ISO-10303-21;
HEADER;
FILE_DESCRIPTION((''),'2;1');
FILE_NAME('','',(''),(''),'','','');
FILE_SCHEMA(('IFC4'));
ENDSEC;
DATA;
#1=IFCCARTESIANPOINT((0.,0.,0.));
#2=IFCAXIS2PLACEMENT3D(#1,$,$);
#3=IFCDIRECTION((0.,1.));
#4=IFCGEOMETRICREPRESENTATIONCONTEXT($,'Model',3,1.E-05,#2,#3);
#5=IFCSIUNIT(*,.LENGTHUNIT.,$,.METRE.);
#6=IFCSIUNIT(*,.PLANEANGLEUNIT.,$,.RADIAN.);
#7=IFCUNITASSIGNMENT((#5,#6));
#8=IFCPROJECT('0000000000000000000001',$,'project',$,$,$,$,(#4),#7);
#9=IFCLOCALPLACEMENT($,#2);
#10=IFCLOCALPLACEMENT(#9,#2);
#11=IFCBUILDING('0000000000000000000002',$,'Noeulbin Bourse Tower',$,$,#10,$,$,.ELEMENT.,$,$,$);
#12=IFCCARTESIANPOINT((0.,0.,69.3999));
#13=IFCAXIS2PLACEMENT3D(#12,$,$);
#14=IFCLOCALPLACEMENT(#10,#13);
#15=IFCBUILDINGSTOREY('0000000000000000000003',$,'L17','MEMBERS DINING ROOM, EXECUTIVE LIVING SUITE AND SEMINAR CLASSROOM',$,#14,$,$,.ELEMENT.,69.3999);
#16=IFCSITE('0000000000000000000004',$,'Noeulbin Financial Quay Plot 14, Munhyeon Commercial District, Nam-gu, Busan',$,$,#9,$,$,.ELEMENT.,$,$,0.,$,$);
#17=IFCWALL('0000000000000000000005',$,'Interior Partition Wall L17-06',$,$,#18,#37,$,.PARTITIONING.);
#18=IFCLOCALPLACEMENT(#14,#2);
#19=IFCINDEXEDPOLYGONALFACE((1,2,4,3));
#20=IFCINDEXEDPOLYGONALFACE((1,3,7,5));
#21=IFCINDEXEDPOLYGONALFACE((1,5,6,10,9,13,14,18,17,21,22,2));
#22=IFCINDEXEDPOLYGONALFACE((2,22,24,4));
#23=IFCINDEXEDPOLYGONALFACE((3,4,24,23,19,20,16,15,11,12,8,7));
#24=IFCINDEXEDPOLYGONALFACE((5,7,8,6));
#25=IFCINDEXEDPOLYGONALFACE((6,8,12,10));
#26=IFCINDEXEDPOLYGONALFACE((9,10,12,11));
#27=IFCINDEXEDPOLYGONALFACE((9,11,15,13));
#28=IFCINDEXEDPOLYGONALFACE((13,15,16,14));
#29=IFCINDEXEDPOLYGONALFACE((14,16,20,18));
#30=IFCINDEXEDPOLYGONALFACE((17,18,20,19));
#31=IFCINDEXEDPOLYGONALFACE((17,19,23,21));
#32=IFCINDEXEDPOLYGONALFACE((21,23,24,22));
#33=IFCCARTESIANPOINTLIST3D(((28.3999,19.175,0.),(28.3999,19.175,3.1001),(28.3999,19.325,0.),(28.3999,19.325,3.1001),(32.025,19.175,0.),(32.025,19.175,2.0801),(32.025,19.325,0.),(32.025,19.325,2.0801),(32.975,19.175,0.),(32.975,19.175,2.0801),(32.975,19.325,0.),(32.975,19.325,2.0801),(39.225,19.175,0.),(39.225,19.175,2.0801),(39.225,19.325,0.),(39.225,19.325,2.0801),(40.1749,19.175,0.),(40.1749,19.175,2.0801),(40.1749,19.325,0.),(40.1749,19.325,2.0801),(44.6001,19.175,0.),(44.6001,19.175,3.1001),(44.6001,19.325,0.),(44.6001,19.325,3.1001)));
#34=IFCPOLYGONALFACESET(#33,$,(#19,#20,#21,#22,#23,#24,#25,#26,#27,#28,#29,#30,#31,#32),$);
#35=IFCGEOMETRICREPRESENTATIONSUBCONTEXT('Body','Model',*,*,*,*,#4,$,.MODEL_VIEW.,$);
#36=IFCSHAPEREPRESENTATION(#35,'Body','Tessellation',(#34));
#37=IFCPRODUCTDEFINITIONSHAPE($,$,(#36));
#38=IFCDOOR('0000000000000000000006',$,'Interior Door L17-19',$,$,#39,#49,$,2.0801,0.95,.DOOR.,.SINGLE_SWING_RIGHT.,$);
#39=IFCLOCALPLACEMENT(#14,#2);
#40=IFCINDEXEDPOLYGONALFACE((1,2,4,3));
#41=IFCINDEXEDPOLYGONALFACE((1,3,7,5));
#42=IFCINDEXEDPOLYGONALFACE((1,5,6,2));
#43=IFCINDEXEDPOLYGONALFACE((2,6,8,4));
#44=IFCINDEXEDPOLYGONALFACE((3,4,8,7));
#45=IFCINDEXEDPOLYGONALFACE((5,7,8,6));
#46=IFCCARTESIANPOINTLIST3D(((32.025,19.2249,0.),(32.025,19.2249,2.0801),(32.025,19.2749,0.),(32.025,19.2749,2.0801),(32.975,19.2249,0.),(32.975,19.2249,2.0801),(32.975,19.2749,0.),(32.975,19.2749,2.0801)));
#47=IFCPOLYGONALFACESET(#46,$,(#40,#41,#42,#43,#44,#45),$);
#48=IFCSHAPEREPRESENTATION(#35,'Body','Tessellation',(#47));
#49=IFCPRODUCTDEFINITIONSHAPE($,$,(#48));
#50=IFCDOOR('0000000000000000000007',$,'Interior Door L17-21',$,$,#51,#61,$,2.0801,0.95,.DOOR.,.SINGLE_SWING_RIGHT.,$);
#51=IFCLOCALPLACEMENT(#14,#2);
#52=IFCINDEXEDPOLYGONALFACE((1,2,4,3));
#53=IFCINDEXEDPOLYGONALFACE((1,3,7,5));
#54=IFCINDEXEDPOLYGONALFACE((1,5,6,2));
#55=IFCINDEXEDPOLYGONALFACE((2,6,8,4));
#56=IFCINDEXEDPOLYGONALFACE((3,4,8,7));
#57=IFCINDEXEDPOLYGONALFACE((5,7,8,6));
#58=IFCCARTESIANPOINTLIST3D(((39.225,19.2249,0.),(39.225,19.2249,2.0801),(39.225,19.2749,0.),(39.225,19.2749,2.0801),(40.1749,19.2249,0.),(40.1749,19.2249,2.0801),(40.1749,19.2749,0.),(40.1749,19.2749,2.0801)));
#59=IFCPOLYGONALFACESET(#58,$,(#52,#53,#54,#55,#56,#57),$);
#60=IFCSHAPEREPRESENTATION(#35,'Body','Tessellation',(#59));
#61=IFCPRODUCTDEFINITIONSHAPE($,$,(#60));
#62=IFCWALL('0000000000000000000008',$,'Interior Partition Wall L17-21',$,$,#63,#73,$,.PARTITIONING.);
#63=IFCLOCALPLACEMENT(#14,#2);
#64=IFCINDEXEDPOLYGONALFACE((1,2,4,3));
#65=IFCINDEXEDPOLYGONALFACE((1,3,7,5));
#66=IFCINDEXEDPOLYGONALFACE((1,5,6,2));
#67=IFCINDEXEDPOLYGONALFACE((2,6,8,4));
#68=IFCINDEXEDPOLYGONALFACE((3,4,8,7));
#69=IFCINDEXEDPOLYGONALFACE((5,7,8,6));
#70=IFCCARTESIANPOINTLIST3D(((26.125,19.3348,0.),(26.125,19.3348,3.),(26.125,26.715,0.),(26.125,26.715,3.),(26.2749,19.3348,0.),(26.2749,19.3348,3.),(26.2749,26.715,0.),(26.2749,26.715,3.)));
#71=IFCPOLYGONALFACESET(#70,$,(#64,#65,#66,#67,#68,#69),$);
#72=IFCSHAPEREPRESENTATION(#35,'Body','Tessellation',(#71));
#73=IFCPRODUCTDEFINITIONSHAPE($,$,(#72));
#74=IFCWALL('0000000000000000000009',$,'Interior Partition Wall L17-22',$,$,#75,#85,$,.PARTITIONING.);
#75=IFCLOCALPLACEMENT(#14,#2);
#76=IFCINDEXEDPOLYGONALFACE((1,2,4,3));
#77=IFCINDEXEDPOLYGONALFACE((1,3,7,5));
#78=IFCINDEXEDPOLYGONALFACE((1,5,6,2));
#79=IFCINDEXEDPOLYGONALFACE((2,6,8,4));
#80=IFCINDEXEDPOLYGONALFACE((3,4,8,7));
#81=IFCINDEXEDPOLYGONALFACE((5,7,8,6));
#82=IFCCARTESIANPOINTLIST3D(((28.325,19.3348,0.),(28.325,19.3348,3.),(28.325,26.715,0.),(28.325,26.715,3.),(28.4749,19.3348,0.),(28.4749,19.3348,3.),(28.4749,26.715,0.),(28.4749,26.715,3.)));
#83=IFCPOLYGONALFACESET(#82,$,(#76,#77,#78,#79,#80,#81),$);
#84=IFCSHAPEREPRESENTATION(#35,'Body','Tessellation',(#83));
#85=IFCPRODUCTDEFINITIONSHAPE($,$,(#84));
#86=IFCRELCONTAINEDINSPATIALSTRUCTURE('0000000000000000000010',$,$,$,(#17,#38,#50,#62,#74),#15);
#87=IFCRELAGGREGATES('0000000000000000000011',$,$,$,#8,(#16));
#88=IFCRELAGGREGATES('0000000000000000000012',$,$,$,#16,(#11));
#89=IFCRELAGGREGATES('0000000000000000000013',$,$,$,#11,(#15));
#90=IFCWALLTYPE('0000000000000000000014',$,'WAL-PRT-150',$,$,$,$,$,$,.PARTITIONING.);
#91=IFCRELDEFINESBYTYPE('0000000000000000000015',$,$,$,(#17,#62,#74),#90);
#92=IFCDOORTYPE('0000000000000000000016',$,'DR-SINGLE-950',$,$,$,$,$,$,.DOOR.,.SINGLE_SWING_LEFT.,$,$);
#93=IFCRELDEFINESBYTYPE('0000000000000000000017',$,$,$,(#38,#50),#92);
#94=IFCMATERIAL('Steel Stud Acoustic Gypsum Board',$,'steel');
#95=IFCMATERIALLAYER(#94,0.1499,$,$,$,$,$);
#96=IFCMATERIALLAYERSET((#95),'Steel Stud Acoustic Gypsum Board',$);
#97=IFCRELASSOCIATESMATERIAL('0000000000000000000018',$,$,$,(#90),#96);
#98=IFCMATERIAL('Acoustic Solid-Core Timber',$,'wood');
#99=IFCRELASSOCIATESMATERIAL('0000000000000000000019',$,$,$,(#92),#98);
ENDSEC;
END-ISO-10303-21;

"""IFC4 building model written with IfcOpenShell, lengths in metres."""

from ifc_helpers import new_model, si_unit, direction, frame, frame_2d, origin, place, context, subcontext, project, spatial, rectangle, extrude, material, layer, layer_set, type_object, element, fill, save


model = new_model("IFC4")

# Units and contexts
model_context = context("Model", 3, precision=1e-05, world=origin(), true_north=direction((0.0, 1.0)))
body_context = subcontext(model_context, "Body", "Model", "MODEL_VIEW")
ifc_project = project(units=[si_unit("LENGTHUNIT", "METRE"), si_unit("PLANEANGLEUNIT", "RADIAN")], contexts=[model_context])

# Site, building, storey
site_placement = place(None, origin())
site = spatial("IfcSite", under=ifc_project, at=site_placement, Name="Noeulbin Financial Quay Plot 14, Munhyeon Commercial District, Nam-gu, Busan", CompositionType="ELEMENT", RefElevation=0.0)
building_placement = place(site_placement, origin())
building = spatial("IfcBuilding", under=site, at=building_placement, Name="Noeulbin Bourse Tower", CompositionType="ELEMENT")
storey_placement = place(building_placement, frame((0.0, 0.0, 69.3999)))
storey = spatial("IfcBuildingStorey", under=building, at=storey_placement, Name="L17", Description="MEMBERS DINING ROOM, EXECUTIVE LIVING SUITE AND SEMINAR CLASSROOM", CompositionType="ELEMENT", Elevation=69.3999)

# Wall, openings, doors
ifc_material_1 = material(Name="Steel Stud Acoustic Gypsum Board", Category="steel")
ifc_layer_1 = layer(ifc_material_1, 0.1499)
ifc_layer_set_1 = layer_set([ifc_layer_1], Name="Steel Stud Acoustic Gypsum Board")
wall_type_1 = type_object("IfcWallType", Name="WAL-PRT-150", PredefinedType="PARTITIONING", material=ifc_layer_set_1)
wall_1_placement = place(storey_placement, frame((28.3999, 19.25, 0.0), z_axis=(0.0, 0.0, 1.0), x_axis=(1.0, 0.0, 0.0)))
wall_1 = element("IfcWall", 1, at=wall_1_placement, inside=storey, type_object=wall_type_1, Name="Interior Partition Wall L17-06", PredefinedType="PARTITIONING", context=body_context, shape_type="SweptSolid", body=[
    extrude(rectangle(XDim=16.2002, YDim=0.1499, at=frame_2d((8.1001, 0.0))), origin(), (0.0, 0.0, 1.0), 3.1001),
])
opening_1_placement = place(wall_1_placement, frame((3.625, 0.0, 0.0)))
opening_1 = element("IfcOpeningElement", 2, at=opening_1_placement, cuts=wall_1, PredefinedType="OPENING", context=body_context, shape_type="SweptSolid", body=[
    extrude(rectangle(XDim=0.95, YDim=2.0801, at=frame_2d((0.4751, 1.04))), frame((0.0, 0.085, 0.0), z_axis=(0.0, -1.0, 0.0), x_axis=(1.0, 0.0, 0.0)), (0.0, 0.0, 1.0), 0.1699),
])
opening_2_placement = place(wall_1_placement, frame((10.825, 0.0, 0.0)))
opening_2 = element("IfcOpeningElement", 3, at=opening_2_placement, cuts=wall_1, PredefinedType="OPENING", context=body_context, shape_type="SweptSolid", body=[
    extrude(rectangle(XDim=0.95, YDim=2.0801, at=frame_2d((0.4751, 1.04))), frame((0.0, 0.085, 0.0), z_axis=(0.0, -1.0, 0.0), x_axis=(1.0, 0.0, 0.0)), (0.0, 0.0, 1.0), 0.1699),
])
ifc_material_2 = material(Name="Acoustic Solid-Core Timber", Category="wood")
door_type = type_object("IfcDoorType", Name="DR-SINGLE-950", OperationType="SINGLE_SWING_LEFT", PredefinedType="DOOR", material=ifc_material_2)
door_1_placement = place(opening_1_placement, origin())
door_1 = element("IfcDoor", 4, at=door_1_placement, inside=storey, type_object=door_type, Name="Interior Door L17-19", OperationType="SINGLE_SWING_RIGHT", OverallHeight=2.0801, OverallWidth=0.95, PredefinedType="DOOR", context=body_context, shape_type="SweptSolid", body=[
    extrude(rectangle(XDim=0.95, YDim=2.0801, at=frame_2d((0.4751, 1.04))), frame((0.0, 0.0249, 0.0), z_axis=(0.0, -1.0, 0.0), x_axis=(1.0, 0.0, 0.0)), (0.0, 0.0, 1.0), 0.05),
])
fill(opening_1, door_1)
door_2_placement = place(opening_2_placement, origin())
door_2 = element("IfcDoor", 5, at=door_2_placement, inside=storey, type_object=door_type, Name="Interior Door L17-21", OperationType="SINGLE_SWING_RIGHT", OverallHeight=2.0801, OverallWidth=0.95, PredefinedType="DOOR", context=body_context, shape_type="SweptSolid", body=[
    extrude(rectangle(XDim=0.95, YDim=2.0801, at=frame_2d((0.4751, 1.04))), frame((0.0, 0.0249, 0.0), z_axis=(0.0, -1.0, 0.0), x_axis=(1.0, 0.0, 0.0)), (0.0, 0.0, 1.0), 0.05),
])
fill(opening_2, door_2)

# Walls
for number, where, z_axis, x_axis, name in (
    (6, (26.2, 19.335, 0.0), (0.0, 0.0, 1.0), (0.0, 1.0, 0.0), "Interior Partition Wall L17-21"),
    (7, (28.3999, 19.335, 0.0), (0.0, 0.0, 1.0), (0.0, 1.0, 0.0), "Interior Partition Wall L17-22"),
):
    element("IfcWall", number, at=place(storey_placement, frame(where, z_axis=z_axis, x_axis=x_axis)), inside=storey, type_object=wall_type_1, Name=name, PredefinedType="PARTITIONING", context=body_context, shape_type="SweptSolid", body=[
        extrude(rectangle(XDim=7.3801, YDim=0.1499, at=frame_2d((3.6899, 0.0))), origin(), (0.0, 0.0, 1.0), 3.0),
    ])

save(model, "model.ifc")
